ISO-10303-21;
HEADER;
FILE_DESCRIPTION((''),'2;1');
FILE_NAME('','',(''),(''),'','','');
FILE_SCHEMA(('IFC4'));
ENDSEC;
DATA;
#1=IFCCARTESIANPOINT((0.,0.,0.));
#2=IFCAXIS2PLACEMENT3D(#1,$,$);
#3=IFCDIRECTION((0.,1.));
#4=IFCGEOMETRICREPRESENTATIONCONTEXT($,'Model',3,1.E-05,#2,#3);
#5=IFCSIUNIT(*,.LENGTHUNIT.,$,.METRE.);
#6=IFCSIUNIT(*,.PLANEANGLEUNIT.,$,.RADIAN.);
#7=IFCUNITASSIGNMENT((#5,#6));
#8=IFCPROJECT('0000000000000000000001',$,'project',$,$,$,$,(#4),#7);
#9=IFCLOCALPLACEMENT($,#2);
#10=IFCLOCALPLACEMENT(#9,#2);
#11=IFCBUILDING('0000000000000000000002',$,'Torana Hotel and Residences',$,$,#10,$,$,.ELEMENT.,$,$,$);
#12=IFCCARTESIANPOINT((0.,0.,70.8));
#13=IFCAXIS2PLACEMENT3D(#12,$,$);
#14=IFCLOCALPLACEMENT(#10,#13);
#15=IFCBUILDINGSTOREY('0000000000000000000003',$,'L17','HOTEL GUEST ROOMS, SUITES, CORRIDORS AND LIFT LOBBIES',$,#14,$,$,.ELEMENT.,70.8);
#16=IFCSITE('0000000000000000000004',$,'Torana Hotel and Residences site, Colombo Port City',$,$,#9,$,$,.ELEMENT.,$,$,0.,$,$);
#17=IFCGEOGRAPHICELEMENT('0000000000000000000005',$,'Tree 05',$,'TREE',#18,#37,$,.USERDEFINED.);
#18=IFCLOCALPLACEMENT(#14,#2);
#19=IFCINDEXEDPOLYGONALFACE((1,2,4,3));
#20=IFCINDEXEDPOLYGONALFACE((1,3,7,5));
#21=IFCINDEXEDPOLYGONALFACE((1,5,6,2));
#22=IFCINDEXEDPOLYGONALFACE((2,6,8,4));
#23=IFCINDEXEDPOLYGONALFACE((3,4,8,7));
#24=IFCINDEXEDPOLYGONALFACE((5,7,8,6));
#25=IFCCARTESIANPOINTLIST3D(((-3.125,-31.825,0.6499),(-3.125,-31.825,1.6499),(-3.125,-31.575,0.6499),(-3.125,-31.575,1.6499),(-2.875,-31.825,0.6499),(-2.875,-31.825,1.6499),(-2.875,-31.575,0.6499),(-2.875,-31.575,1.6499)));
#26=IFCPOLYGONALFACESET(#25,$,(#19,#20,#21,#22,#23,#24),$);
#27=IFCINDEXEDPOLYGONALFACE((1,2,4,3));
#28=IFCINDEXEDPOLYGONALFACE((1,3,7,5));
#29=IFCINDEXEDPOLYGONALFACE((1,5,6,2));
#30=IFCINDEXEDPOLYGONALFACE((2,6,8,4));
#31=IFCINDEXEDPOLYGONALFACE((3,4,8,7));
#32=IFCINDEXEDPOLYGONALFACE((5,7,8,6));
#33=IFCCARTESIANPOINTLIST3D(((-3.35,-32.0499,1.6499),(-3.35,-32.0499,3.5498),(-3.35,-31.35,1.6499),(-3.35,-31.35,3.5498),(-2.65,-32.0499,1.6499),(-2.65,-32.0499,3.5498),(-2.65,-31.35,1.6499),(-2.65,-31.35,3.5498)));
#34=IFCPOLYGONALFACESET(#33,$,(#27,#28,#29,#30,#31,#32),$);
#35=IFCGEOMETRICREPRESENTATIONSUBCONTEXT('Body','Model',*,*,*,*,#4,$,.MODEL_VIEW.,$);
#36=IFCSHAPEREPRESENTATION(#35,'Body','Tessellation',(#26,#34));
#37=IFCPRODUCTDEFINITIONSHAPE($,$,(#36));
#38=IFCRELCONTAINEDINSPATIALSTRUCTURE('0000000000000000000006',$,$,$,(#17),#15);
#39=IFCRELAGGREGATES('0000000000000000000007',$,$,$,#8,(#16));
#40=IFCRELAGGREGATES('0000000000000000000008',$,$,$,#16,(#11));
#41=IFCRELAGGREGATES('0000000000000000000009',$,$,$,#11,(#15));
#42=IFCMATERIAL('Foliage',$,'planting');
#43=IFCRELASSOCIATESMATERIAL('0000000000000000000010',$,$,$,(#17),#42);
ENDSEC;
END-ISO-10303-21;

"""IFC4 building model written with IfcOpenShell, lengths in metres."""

from ifc_helpers import new_model, si_unit, direction, frame, origin, origin_2d, place, context, subcontext, project, spatial, rectangle, extrude, material, element, save


model = new_model("IFC4")

# Units and contexts
model_context = context("Model", 3, precision=1e-05, world=origin(), true_north=direction((0.0, 1.0)))
body_context = subcontext(model_context, "Body", "Model", "MODEL_VIEW")
ifc_project = project(units=[si_unit("LENGTHUNIT", "METRE"), si_unit("PLANEANGLEUNIT", "RADIAN")], contexts=[model_context])

# Site, building, storey
site_placement = place(None, origin())
site = spatial("IfcSite", under=ifc_project, at=site_placement, Name="Torana Hotel and Residences site, Colombo Port City", CompositionType="ELEMENT", RefElevation=0.0)
building_placement = place(site_placement, origin())
building = spatial("IfcBuilding", under=site, at=building_placement, Name="Torana Hotel and Residences", CompositionType="ELEMENT")
storey_placement = place(building_placement, frame((0.0, 0.0, 70.8)))
storey = spatial("IfcBuildingStorey", under=building, at=storey_placement, Name="L17", Description="HOTEL GUEST ROOMS, SUITES, CORRIDORS AND LIFT LOBBIES", CompositionType="ELEMENT", Elevation=70.8)

# Geographic element
ifc_material_1 = material(Name="Foliage", Category="planting")
for number, where, z_axis, x_axis, name in (
    (1, (-3.0, -31.7, 0.6499), (0.0, 0.0, 1.0), (1.0, 0.0, 0.0), "Tree 05"),
):
    element("IfcGeographicElement", number, at=place(storey_placement, frame(where, z_axis=z_axis, x_axis=x_axis)), inside=storey, material=ifc_material_1, Name=name, ObjectType="TREE", PredefinedType="USERDEFINED", context=body_context, shape_type="SweptSolid", body=[
        extrude(rectangle(XDim=0.25, YDim=0.25, at=origin_2d()), origin(), (0.0, 0.0, 1.0), 1.0),
        extrude(rectangle(XDim=0.7, YDim=0.7, at=origin_2d()), frame((0.0, 0.0, 1.0)), (0.0, 0.0, 1.0), 1.8999),
    ])

save(model, "model.ifc")
